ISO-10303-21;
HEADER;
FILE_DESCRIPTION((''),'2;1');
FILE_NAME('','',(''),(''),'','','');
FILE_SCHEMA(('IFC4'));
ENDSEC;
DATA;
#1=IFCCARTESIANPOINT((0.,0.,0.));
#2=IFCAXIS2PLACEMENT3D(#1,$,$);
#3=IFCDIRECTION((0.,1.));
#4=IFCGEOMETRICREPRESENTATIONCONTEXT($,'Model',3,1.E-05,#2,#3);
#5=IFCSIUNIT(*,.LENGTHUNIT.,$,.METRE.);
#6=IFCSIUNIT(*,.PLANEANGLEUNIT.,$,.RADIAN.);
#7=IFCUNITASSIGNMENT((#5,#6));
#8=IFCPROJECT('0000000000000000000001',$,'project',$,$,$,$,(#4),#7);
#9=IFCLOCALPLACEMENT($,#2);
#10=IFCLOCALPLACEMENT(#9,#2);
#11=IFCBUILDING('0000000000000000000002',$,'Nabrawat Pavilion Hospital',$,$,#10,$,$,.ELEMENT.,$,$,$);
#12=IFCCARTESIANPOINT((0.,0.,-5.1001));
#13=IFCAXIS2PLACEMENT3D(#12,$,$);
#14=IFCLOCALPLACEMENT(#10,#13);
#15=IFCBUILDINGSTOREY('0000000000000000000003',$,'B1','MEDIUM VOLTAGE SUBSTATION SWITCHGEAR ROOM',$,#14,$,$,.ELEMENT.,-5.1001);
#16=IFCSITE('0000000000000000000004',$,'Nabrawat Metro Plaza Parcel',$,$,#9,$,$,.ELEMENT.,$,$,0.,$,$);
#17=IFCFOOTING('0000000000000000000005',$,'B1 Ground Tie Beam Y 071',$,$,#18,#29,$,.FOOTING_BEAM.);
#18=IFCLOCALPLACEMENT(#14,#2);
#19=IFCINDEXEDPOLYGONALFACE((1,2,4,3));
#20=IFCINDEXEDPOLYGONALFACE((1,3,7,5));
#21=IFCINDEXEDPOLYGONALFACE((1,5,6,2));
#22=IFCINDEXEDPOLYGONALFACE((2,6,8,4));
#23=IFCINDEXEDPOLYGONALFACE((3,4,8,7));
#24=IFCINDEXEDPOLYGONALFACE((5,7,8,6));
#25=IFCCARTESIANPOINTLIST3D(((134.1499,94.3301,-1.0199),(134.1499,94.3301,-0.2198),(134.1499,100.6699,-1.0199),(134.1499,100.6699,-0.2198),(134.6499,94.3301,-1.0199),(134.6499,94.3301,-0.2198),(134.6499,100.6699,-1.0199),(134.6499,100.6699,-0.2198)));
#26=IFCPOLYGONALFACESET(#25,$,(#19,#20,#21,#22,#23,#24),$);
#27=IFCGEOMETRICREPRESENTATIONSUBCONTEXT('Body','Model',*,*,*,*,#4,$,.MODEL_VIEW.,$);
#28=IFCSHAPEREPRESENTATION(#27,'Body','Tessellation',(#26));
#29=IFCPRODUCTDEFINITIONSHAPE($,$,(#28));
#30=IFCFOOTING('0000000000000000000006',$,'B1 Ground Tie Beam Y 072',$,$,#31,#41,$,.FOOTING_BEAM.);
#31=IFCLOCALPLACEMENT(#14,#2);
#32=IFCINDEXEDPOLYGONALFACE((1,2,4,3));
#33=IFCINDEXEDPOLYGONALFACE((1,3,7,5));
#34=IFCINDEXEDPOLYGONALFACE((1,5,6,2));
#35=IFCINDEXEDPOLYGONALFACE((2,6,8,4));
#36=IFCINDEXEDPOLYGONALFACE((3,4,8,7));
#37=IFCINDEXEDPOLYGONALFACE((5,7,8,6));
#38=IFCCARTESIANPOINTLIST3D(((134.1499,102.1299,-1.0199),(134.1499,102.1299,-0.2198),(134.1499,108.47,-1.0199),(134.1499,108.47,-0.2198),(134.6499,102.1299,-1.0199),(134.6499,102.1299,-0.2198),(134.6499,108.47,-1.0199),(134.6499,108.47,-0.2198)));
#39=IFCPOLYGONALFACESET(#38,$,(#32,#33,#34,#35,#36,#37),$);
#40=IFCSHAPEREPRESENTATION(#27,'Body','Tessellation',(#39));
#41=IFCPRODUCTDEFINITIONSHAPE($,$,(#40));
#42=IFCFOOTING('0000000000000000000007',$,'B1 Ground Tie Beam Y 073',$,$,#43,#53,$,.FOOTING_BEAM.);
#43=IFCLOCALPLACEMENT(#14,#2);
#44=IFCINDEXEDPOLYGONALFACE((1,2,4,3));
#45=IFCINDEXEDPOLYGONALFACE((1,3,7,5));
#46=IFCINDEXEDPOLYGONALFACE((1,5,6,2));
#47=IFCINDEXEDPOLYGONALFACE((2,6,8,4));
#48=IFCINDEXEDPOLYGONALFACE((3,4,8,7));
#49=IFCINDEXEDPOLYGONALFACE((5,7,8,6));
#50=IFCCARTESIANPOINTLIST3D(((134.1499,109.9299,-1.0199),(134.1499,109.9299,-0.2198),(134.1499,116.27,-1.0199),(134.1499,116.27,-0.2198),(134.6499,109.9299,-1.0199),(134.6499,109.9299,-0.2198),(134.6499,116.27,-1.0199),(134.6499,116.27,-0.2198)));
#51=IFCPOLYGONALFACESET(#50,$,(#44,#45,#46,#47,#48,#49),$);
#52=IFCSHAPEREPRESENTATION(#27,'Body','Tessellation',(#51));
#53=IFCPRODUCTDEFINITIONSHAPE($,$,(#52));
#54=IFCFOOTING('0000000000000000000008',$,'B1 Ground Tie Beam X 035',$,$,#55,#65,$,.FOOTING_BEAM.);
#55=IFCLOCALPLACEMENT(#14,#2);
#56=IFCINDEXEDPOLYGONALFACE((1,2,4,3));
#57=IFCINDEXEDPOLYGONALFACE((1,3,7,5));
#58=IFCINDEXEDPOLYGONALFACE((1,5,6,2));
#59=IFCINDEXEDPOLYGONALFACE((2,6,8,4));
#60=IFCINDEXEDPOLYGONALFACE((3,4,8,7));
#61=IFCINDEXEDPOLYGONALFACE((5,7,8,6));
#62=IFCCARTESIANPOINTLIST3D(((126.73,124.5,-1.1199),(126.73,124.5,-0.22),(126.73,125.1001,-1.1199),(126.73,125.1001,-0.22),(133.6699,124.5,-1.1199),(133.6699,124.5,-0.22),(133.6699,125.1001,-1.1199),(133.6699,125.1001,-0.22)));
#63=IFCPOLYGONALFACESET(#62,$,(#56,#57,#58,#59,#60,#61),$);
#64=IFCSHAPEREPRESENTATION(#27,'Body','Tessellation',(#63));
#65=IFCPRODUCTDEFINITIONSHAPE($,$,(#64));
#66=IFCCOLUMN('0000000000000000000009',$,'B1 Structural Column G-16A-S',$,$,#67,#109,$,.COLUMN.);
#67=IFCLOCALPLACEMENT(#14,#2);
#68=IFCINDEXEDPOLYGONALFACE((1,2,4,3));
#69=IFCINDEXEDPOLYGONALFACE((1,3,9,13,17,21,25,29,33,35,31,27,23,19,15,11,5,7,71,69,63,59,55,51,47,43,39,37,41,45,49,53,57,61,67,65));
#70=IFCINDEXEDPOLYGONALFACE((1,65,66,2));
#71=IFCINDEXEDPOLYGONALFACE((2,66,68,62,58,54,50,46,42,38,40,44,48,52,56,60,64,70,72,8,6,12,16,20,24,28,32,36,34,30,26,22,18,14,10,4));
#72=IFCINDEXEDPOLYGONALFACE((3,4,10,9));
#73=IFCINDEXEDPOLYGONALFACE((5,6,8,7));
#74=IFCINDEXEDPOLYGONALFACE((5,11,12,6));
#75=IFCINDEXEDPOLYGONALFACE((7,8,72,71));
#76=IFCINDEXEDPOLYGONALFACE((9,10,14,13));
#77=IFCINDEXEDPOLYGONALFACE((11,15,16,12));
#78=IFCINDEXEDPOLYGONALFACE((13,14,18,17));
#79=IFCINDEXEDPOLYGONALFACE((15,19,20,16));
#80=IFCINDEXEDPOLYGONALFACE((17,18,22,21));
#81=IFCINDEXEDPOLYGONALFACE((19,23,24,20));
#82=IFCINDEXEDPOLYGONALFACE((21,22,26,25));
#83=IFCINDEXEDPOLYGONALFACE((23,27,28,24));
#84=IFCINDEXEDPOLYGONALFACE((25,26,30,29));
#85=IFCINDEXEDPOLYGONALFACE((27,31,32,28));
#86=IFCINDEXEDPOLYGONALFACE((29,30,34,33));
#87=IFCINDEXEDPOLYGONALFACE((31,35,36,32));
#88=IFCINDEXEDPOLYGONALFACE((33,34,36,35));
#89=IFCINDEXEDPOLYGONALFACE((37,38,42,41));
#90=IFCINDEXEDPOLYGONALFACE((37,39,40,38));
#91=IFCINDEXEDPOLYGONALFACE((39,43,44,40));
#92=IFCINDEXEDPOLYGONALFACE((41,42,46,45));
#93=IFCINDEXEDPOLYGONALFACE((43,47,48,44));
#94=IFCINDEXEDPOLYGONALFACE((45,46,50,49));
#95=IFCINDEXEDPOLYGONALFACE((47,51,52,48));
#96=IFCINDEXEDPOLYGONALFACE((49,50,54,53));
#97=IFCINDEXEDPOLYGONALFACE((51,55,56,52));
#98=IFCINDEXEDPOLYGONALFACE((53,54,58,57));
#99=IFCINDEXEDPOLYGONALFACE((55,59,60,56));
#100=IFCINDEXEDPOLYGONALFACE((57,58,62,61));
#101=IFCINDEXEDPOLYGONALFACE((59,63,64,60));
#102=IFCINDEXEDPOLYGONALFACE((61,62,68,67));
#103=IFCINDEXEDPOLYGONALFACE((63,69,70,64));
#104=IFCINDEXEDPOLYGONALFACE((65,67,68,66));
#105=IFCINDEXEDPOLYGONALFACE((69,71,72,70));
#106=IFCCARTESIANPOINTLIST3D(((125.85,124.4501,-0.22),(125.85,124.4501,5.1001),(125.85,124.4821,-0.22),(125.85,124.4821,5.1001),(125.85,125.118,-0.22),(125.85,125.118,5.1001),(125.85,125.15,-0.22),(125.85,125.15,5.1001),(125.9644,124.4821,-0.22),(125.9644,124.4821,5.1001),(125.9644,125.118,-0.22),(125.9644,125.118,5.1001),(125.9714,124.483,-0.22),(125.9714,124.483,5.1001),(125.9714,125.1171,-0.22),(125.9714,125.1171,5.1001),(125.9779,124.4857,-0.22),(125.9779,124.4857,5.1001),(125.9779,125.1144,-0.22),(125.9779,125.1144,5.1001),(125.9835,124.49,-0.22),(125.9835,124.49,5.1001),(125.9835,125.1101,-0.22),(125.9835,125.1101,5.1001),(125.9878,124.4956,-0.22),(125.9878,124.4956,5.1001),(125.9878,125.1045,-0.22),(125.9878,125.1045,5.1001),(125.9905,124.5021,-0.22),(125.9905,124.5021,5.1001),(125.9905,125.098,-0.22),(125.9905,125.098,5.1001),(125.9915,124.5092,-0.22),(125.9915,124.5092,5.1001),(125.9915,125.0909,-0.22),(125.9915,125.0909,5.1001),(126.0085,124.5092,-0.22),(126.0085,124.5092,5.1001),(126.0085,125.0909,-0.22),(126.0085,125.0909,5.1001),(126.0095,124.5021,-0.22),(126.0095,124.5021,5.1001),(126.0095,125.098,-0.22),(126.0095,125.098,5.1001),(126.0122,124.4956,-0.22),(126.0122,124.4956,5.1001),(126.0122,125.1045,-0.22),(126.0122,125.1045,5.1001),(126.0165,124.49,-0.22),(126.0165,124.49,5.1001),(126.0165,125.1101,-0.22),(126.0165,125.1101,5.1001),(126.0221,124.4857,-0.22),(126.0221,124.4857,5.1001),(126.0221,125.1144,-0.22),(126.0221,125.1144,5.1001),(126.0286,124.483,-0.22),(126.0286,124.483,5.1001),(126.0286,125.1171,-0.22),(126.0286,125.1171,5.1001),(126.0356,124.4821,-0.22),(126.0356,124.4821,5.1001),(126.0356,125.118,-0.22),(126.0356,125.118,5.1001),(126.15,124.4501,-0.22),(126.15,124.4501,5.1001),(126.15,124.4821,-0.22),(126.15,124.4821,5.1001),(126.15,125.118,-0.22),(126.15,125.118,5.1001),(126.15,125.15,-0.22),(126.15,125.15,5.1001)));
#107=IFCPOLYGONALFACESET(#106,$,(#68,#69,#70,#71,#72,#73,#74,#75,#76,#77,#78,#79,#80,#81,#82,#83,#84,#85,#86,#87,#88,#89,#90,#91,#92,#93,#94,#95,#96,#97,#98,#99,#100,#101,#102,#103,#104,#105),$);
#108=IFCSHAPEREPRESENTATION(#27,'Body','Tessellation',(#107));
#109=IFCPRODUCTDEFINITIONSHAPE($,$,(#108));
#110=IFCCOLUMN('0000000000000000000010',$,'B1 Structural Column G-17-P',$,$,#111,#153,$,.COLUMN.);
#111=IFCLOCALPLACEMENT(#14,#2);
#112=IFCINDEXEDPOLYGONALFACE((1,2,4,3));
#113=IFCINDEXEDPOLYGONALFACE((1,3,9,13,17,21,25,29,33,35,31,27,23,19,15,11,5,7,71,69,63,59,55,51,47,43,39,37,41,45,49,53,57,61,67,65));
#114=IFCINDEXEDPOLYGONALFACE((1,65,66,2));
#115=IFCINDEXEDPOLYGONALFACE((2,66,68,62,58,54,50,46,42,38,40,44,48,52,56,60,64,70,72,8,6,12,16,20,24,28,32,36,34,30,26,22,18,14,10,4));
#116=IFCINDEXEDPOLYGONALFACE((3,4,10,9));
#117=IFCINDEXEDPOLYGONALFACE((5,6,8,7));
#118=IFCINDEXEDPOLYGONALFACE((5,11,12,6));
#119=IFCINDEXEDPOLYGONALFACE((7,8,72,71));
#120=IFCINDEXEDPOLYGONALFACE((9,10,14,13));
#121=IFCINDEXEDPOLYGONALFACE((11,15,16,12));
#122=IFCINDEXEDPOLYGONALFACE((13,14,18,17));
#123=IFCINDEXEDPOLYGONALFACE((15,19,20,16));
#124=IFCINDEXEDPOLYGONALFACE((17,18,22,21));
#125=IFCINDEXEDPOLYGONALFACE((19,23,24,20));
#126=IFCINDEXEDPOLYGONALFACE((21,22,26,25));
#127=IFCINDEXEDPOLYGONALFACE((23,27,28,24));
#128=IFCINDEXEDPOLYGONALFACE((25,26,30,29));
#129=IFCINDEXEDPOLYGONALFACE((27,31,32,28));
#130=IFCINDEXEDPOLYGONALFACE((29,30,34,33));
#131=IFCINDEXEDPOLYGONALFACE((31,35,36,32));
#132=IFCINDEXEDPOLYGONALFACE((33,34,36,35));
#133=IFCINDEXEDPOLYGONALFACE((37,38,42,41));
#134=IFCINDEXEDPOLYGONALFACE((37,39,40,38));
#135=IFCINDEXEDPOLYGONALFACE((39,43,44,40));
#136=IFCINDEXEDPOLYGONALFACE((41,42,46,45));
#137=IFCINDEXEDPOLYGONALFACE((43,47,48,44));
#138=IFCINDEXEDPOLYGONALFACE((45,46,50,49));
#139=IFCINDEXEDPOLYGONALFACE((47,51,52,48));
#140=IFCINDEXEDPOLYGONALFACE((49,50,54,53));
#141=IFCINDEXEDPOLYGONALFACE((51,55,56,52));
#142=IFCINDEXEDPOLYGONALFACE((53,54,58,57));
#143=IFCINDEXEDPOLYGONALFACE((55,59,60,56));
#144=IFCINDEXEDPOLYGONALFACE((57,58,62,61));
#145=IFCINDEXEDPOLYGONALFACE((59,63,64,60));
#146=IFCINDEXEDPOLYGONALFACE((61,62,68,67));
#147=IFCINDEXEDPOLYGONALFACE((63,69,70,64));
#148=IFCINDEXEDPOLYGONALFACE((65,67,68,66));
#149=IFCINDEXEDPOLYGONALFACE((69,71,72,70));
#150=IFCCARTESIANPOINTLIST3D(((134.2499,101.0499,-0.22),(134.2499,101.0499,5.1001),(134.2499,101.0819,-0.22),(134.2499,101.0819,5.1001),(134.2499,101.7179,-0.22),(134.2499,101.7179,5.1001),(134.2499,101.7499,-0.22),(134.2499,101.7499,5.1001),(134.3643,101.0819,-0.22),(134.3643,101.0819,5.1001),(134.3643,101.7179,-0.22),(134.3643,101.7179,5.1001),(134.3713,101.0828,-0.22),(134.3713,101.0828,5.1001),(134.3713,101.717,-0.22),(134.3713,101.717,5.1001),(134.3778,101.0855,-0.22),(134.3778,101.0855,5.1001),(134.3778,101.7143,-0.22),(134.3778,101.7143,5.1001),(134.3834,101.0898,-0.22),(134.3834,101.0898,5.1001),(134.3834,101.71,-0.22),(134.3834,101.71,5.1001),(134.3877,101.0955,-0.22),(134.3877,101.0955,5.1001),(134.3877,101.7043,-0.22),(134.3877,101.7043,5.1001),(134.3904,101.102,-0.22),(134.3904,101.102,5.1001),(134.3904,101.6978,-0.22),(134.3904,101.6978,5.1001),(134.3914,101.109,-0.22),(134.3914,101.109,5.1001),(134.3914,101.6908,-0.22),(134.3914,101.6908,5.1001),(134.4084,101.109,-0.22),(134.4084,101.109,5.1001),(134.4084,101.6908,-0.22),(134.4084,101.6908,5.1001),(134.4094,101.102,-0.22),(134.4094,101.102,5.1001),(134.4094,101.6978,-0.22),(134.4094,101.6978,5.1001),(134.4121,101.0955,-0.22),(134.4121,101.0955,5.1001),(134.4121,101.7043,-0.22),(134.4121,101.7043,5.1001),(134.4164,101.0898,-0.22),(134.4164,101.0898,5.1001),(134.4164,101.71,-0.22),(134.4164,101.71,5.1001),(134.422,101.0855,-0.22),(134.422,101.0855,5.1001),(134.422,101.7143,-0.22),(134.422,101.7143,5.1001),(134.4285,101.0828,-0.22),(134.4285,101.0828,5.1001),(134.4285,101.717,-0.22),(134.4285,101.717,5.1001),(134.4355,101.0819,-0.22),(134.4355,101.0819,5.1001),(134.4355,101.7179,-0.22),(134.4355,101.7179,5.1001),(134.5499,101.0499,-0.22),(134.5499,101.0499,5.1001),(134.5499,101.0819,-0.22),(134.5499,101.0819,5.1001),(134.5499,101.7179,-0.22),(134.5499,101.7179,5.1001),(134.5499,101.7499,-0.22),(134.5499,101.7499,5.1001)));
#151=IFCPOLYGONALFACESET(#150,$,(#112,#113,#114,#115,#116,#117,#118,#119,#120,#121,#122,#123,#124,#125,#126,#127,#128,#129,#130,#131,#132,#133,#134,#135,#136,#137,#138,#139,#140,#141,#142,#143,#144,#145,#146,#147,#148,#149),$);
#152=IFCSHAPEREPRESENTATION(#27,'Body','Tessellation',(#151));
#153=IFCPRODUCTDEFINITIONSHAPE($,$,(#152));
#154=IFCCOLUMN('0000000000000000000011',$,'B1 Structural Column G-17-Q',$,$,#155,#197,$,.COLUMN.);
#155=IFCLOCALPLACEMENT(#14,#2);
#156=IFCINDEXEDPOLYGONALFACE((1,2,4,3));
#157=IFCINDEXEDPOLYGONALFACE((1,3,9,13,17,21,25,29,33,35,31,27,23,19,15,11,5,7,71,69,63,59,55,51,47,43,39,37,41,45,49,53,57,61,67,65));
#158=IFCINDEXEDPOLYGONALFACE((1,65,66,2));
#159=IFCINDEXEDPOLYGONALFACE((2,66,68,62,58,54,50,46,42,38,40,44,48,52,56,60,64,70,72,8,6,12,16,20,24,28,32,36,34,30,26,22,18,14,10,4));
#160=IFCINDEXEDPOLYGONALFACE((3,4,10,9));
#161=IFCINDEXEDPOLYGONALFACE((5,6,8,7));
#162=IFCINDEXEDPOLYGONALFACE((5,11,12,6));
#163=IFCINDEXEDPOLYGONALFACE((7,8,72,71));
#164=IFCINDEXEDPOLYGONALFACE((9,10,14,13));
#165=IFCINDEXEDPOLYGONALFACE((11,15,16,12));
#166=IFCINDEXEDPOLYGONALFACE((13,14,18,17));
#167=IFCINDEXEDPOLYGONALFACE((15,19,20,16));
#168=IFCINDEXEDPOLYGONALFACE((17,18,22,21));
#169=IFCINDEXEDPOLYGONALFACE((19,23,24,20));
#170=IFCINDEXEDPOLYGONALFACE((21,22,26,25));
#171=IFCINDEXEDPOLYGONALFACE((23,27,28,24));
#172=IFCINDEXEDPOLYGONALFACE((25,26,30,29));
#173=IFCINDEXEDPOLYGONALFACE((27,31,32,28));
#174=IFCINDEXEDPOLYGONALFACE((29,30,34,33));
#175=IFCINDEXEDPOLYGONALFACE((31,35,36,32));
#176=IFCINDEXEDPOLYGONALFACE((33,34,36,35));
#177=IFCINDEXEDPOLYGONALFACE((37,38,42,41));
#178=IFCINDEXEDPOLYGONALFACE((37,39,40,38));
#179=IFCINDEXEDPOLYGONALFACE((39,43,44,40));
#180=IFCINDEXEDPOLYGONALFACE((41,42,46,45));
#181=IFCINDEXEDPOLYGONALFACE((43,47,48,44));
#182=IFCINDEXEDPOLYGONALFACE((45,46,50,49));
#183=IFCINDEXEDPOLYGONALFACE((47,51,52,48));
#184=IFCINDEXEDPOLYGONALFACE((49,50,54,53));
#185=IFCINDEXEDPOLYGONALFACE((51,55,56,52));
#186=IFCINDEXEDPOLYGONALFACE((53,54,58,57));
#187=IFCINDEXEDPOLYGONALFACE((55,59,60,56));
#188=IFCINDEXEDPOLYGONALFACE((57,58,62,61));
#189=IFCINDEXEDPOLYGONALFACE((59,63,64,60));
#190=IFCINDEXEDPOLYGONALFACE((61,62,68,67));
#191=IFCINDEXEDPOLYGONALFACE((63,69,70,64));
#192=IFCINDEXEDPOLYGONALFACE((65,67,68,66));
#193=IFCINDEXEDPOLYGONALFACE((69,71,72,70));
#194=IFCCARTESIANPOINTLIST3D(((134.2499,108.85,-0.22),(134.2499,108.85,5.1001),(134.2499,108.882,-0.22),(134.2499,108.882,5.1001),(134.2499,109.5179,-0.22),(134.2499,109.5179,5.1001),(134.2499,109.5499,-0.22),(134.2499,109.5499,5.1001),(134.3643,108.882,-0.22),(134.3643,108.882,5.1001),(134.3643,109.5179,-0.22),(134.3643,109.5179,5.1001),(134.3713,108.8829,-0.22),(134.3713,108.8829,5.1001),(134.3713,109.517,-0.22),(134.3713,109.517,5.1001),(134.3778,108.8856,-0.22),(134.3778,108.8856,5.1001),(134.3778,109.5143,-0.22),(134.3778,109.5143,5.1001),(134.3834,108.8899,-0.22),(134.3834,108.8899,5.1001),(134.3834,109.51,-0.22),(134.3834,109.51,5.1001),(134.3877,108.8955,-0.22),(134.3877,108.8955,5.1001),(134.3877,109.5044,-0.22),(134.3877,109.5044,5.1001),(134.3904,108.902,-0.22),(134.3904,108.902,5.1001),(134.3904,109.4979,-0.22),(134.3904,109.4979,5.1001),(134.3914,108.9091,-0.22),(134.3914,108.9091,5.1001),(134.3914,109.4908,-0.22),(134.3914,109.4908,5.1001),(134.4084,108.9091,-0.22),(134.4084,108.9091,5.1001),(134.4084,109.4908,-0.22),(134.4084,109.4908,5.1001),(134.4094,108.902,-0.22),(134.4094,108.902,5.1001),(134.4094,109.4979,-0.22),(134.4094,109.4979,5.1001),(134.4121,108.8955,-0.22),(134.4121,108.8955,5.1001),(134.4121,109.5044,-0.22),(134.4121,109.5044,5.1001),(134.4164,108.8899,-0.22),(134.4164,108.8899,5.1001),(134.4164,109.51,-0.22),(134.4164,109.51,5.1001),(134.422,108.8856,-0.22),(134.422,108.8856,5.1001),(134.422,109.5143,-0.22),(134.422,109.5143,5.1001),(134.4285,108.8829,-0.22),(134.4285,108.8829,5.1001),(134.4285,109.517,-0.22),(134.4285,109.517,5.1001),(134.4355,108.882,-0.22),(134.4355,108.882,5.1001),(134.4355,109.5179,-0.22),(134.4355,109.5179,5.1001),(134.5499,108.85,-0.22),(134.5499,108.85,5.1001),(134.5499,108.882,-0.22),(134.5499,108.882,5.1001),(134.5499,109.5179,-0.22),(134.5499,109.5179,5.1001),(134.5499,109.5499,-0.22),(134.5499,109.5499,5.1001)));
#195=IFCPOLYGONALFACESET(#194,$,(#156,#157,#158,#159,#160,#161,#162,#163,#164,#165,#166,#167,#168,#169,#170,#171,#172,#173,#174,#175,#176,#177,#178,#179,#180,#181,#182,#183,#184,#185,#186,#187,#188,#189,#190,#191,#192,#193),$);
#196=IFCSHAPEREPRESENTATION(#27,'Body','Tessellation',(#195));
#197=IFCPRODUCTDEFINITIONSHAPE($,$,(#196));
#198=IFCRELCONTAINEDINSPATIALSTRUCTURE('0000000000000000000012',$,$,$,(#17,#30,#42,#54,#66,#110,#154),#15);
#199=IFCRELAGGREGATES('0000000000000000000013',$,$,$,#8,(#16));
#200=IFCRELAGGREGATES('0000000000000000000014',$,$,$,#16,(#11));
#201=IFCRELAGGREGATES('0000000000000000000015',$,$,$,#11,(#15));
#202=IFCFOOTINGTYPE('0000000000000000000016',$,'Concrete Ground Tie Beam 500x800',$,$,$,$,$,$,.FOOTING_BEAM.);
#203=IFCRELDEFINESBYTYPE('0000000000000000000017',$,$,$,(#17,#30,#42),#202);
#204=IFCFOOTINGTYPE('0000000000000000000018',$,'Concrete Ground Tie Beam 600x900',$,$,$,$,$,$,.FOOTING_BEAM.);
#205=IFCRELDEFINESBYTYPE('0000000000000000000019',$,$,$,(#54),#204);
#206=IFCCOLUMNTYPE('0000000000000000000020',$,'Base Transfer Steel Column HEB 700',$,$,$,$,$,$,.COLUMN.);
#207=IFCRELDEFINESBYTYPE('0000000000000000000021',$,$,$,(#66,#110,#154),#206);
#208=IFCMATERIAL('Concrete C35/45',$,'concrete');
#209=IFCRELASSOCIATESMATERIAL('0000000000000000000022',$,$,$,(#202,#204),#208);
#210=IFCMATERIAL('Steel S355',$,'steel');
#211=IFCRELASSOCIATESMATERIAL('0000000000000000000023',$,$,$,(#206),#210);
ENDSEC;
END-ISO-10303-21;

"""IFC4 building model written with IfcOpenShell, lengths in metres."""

from ifc_helpers import new_model, si_unit, direction, frame, origin, origin_2d, place, context, subcontext, project, spatial, rectangle, i_section, extrude, material, material_profile, profile_set, type_object, element, save


model = new_model("IFC4")

# Units and contexts
model_context = context("Model", 3, precision=1e-05, world=origin(), true_north=direction((0.0, 1.0)))
body_context = subcontext(model_context, "Body", "Model", "MODEL_VIEW")
ifc_project = project(units=[si_unit("LENGTHUNIT", "METRE"), si_unit("PLANEANGLEUNIT", "RADIAN")], contexts=[model_context])

# Site, building, storey
site_placement = place(None, origin())
site = spatial("IfcSite", under=ifc_project, at=site_placement, Name="Nabrawat Metro Plaza Parcel", CompositionType="ELEMENT", RefElevation=0.0)
building_placement = place(site_placement, origin())
building = spatial("IfcBuilding", under=site, at=building_placement, Name="Nabrawat Pavilion Hospital", CompositionType="ELEMENT")
storey_placement = place(building_placement, frame((0.0, 0.0, -5.1001)))
storey = spatial("IfcBuildingStorey", under=building, at=storey_placement, Name="B1", Description="MEDIUM VOLTAGE SUBSTATION SWITCHGEAR ROOM", CompositionType="ELEMENT", Elevation=-5.1001)

# Shared definitions
ifc_material_1 = material(Name="Concrete C35/45", Category="concrete")

# Footings
ifc_material_profile_1 = material_profile(ifc_material_1, rectangle(XDim=0.5, YDim=0.8, at=origin_2d()), Name="RC 500x800")
ifc_profile_set_1 = profile_set([ifc_material_profile_1], Name="Concrete C35/45")
footing_type_1 = type_object("IfcFootingType", Name="Concrete Ground Tie Beam 500x800", PredefinedType="FOOTING_BEAM", material=ifc_profile_set_1)
footing_1_placement = place(storey_placement, frame((134.3999, 94.3301, -0.6199), z_axis=(0.0, 1.0, 0.0), x_axis=(-1.0, 0.0, 0.0)))
element("IfcFooting", 1, at=footing_1_placement, inside=storey, type_object=footing_type_1, Name="B1 Ground Tie Beam Y 071", PredefinedType="FOOTING_BEAM", context=body_context, shape_type="SweptSolid", body=[
    extrude(rectangle(XDim=0.5, YDim=0.8, at=origin_2d()), origin(), (0.0, 0.0, 1.0), 6.3398),
])
for number, where, z_axis, x_axis, name in (
    (2, (134.3999, 102.1299, -0.6199), (0.0, 1.0, 0.0), (-1.0, 0.0, 0.0), "B1 Ground Tie Beam Y 072"),
    (3, (134.3999, 109.9299, -0.6199), (0.0, 1.0, 0.0), (-1.0, 0.0, 0.0), "B1 Ground Tie Beam Y 073"),
):
    element("IfcFooting", number, at=place(storey_placement, frame(where, z_axis=z_axis, x_axis=x_axis)), inside=storey, type_object=footing_type_1, Name=name, PredefinedType="FOOTING_BEAM", context=body_context, shape_type="SweptSolid", body=[
        extrude(rectangle(XDim=0.5, YDim=0.8, at=origin_2d()), origin(), (0.0, 0.0, 1.0), 6.3401),
    ])
ifc_material_profile_2 = material_profile(ifc_material_1, rectangle(XDim=0.6001, YDim=0.8999, at=origin_2d()), Name="RC 600x900")
ifc_profile_set_2 = profile_set([ifc_material_profile_2], Name="Concrete C35/45")
footing_type_2 = type_object("IfcFootingType", Name="Concrete Ground Tie Beam 600x900", PredefinedType="FOOTING_BEAM", material=ifc_profile_set_2)
footing_2_placement = place(storey_placement, frame((126.73, 124.8, -0.6699), z_axis=(1.0, 0.0, 0.0), x_axis=(0.0, 1.0, 0.0)))
element("IfcFooting", 4, at=footing_2_placement, inside=storey, type_object=footing_type_2, Name="B1 Ground Tie Beam X 035", PredefinedType="FOOTING_BEAM", context=body_context, shape_type="SweptSolid", body=[
    extrude(rectangle(XDim=0.6001, YDim=0.8999, at=origin_2d()), origin(), (0.0, 0.0, 1.0), 6.9399),
])

# Columns
ifc_material_2 = material(Name="Steel S355", Category="steel")
ifc_material_profile_3 = material_profile(ifc_material_2, i_section(OverallWidth=0.3, OverallDepth=0.7, WebThickness=0.0171, FlangeThickness=0.032, FilletRadius=0.0271, at=origin_2d()), Name="HEB 700")
ifc_profile_set_3 = profile_set([ifc_material_profile_3], Name="Steel S355")
column_type_1 = type_object("IfcColumnType", Name="Base Transfer Steel Column HEB 700", PredefinedType="COLUMN", material=ifc_profile_set_3)
for number, where, z_axis, x_axis, name in (
    (5, (126.0, 124.8, -0.22), (0.0, 0.0, 1.0), (1.0, 0.0, 0.0), "B1 Structural Column G-16A-S"),
    (6, (134.3999, 101.3999, -0.22), (0.0, 0.0, 1.0), (1.0, 0.0, 0.0), "B1 Structural Column G-17-P"),
    (7, (134.3999, 109.2, -0.22), (0.0, 0.0, 1.0), (1.0, 0.0, 0.0), "B1 Structural Column G-17-Q"),
):
    element("IfcColumn", number, at=place(storey_placement, frame(where, z_axis=z_axis, x_axis=x_axis)), inside=storey, type_object=column_type_1, Name=name, PredefinedType="COLUMN", context=body_context, shape_type="SweptSolid", body=[
        extrude(i_section(OverallWidth=0.3, OverallDepth=0.7, WebThickness=0.0171, FlangeThickness=0.032, FilletRadius=0.0271, at=origin_2d()), origin(), (0.0, 0.0, 1.0), 5.3201),
    ])

save(model, "model.ifc")
